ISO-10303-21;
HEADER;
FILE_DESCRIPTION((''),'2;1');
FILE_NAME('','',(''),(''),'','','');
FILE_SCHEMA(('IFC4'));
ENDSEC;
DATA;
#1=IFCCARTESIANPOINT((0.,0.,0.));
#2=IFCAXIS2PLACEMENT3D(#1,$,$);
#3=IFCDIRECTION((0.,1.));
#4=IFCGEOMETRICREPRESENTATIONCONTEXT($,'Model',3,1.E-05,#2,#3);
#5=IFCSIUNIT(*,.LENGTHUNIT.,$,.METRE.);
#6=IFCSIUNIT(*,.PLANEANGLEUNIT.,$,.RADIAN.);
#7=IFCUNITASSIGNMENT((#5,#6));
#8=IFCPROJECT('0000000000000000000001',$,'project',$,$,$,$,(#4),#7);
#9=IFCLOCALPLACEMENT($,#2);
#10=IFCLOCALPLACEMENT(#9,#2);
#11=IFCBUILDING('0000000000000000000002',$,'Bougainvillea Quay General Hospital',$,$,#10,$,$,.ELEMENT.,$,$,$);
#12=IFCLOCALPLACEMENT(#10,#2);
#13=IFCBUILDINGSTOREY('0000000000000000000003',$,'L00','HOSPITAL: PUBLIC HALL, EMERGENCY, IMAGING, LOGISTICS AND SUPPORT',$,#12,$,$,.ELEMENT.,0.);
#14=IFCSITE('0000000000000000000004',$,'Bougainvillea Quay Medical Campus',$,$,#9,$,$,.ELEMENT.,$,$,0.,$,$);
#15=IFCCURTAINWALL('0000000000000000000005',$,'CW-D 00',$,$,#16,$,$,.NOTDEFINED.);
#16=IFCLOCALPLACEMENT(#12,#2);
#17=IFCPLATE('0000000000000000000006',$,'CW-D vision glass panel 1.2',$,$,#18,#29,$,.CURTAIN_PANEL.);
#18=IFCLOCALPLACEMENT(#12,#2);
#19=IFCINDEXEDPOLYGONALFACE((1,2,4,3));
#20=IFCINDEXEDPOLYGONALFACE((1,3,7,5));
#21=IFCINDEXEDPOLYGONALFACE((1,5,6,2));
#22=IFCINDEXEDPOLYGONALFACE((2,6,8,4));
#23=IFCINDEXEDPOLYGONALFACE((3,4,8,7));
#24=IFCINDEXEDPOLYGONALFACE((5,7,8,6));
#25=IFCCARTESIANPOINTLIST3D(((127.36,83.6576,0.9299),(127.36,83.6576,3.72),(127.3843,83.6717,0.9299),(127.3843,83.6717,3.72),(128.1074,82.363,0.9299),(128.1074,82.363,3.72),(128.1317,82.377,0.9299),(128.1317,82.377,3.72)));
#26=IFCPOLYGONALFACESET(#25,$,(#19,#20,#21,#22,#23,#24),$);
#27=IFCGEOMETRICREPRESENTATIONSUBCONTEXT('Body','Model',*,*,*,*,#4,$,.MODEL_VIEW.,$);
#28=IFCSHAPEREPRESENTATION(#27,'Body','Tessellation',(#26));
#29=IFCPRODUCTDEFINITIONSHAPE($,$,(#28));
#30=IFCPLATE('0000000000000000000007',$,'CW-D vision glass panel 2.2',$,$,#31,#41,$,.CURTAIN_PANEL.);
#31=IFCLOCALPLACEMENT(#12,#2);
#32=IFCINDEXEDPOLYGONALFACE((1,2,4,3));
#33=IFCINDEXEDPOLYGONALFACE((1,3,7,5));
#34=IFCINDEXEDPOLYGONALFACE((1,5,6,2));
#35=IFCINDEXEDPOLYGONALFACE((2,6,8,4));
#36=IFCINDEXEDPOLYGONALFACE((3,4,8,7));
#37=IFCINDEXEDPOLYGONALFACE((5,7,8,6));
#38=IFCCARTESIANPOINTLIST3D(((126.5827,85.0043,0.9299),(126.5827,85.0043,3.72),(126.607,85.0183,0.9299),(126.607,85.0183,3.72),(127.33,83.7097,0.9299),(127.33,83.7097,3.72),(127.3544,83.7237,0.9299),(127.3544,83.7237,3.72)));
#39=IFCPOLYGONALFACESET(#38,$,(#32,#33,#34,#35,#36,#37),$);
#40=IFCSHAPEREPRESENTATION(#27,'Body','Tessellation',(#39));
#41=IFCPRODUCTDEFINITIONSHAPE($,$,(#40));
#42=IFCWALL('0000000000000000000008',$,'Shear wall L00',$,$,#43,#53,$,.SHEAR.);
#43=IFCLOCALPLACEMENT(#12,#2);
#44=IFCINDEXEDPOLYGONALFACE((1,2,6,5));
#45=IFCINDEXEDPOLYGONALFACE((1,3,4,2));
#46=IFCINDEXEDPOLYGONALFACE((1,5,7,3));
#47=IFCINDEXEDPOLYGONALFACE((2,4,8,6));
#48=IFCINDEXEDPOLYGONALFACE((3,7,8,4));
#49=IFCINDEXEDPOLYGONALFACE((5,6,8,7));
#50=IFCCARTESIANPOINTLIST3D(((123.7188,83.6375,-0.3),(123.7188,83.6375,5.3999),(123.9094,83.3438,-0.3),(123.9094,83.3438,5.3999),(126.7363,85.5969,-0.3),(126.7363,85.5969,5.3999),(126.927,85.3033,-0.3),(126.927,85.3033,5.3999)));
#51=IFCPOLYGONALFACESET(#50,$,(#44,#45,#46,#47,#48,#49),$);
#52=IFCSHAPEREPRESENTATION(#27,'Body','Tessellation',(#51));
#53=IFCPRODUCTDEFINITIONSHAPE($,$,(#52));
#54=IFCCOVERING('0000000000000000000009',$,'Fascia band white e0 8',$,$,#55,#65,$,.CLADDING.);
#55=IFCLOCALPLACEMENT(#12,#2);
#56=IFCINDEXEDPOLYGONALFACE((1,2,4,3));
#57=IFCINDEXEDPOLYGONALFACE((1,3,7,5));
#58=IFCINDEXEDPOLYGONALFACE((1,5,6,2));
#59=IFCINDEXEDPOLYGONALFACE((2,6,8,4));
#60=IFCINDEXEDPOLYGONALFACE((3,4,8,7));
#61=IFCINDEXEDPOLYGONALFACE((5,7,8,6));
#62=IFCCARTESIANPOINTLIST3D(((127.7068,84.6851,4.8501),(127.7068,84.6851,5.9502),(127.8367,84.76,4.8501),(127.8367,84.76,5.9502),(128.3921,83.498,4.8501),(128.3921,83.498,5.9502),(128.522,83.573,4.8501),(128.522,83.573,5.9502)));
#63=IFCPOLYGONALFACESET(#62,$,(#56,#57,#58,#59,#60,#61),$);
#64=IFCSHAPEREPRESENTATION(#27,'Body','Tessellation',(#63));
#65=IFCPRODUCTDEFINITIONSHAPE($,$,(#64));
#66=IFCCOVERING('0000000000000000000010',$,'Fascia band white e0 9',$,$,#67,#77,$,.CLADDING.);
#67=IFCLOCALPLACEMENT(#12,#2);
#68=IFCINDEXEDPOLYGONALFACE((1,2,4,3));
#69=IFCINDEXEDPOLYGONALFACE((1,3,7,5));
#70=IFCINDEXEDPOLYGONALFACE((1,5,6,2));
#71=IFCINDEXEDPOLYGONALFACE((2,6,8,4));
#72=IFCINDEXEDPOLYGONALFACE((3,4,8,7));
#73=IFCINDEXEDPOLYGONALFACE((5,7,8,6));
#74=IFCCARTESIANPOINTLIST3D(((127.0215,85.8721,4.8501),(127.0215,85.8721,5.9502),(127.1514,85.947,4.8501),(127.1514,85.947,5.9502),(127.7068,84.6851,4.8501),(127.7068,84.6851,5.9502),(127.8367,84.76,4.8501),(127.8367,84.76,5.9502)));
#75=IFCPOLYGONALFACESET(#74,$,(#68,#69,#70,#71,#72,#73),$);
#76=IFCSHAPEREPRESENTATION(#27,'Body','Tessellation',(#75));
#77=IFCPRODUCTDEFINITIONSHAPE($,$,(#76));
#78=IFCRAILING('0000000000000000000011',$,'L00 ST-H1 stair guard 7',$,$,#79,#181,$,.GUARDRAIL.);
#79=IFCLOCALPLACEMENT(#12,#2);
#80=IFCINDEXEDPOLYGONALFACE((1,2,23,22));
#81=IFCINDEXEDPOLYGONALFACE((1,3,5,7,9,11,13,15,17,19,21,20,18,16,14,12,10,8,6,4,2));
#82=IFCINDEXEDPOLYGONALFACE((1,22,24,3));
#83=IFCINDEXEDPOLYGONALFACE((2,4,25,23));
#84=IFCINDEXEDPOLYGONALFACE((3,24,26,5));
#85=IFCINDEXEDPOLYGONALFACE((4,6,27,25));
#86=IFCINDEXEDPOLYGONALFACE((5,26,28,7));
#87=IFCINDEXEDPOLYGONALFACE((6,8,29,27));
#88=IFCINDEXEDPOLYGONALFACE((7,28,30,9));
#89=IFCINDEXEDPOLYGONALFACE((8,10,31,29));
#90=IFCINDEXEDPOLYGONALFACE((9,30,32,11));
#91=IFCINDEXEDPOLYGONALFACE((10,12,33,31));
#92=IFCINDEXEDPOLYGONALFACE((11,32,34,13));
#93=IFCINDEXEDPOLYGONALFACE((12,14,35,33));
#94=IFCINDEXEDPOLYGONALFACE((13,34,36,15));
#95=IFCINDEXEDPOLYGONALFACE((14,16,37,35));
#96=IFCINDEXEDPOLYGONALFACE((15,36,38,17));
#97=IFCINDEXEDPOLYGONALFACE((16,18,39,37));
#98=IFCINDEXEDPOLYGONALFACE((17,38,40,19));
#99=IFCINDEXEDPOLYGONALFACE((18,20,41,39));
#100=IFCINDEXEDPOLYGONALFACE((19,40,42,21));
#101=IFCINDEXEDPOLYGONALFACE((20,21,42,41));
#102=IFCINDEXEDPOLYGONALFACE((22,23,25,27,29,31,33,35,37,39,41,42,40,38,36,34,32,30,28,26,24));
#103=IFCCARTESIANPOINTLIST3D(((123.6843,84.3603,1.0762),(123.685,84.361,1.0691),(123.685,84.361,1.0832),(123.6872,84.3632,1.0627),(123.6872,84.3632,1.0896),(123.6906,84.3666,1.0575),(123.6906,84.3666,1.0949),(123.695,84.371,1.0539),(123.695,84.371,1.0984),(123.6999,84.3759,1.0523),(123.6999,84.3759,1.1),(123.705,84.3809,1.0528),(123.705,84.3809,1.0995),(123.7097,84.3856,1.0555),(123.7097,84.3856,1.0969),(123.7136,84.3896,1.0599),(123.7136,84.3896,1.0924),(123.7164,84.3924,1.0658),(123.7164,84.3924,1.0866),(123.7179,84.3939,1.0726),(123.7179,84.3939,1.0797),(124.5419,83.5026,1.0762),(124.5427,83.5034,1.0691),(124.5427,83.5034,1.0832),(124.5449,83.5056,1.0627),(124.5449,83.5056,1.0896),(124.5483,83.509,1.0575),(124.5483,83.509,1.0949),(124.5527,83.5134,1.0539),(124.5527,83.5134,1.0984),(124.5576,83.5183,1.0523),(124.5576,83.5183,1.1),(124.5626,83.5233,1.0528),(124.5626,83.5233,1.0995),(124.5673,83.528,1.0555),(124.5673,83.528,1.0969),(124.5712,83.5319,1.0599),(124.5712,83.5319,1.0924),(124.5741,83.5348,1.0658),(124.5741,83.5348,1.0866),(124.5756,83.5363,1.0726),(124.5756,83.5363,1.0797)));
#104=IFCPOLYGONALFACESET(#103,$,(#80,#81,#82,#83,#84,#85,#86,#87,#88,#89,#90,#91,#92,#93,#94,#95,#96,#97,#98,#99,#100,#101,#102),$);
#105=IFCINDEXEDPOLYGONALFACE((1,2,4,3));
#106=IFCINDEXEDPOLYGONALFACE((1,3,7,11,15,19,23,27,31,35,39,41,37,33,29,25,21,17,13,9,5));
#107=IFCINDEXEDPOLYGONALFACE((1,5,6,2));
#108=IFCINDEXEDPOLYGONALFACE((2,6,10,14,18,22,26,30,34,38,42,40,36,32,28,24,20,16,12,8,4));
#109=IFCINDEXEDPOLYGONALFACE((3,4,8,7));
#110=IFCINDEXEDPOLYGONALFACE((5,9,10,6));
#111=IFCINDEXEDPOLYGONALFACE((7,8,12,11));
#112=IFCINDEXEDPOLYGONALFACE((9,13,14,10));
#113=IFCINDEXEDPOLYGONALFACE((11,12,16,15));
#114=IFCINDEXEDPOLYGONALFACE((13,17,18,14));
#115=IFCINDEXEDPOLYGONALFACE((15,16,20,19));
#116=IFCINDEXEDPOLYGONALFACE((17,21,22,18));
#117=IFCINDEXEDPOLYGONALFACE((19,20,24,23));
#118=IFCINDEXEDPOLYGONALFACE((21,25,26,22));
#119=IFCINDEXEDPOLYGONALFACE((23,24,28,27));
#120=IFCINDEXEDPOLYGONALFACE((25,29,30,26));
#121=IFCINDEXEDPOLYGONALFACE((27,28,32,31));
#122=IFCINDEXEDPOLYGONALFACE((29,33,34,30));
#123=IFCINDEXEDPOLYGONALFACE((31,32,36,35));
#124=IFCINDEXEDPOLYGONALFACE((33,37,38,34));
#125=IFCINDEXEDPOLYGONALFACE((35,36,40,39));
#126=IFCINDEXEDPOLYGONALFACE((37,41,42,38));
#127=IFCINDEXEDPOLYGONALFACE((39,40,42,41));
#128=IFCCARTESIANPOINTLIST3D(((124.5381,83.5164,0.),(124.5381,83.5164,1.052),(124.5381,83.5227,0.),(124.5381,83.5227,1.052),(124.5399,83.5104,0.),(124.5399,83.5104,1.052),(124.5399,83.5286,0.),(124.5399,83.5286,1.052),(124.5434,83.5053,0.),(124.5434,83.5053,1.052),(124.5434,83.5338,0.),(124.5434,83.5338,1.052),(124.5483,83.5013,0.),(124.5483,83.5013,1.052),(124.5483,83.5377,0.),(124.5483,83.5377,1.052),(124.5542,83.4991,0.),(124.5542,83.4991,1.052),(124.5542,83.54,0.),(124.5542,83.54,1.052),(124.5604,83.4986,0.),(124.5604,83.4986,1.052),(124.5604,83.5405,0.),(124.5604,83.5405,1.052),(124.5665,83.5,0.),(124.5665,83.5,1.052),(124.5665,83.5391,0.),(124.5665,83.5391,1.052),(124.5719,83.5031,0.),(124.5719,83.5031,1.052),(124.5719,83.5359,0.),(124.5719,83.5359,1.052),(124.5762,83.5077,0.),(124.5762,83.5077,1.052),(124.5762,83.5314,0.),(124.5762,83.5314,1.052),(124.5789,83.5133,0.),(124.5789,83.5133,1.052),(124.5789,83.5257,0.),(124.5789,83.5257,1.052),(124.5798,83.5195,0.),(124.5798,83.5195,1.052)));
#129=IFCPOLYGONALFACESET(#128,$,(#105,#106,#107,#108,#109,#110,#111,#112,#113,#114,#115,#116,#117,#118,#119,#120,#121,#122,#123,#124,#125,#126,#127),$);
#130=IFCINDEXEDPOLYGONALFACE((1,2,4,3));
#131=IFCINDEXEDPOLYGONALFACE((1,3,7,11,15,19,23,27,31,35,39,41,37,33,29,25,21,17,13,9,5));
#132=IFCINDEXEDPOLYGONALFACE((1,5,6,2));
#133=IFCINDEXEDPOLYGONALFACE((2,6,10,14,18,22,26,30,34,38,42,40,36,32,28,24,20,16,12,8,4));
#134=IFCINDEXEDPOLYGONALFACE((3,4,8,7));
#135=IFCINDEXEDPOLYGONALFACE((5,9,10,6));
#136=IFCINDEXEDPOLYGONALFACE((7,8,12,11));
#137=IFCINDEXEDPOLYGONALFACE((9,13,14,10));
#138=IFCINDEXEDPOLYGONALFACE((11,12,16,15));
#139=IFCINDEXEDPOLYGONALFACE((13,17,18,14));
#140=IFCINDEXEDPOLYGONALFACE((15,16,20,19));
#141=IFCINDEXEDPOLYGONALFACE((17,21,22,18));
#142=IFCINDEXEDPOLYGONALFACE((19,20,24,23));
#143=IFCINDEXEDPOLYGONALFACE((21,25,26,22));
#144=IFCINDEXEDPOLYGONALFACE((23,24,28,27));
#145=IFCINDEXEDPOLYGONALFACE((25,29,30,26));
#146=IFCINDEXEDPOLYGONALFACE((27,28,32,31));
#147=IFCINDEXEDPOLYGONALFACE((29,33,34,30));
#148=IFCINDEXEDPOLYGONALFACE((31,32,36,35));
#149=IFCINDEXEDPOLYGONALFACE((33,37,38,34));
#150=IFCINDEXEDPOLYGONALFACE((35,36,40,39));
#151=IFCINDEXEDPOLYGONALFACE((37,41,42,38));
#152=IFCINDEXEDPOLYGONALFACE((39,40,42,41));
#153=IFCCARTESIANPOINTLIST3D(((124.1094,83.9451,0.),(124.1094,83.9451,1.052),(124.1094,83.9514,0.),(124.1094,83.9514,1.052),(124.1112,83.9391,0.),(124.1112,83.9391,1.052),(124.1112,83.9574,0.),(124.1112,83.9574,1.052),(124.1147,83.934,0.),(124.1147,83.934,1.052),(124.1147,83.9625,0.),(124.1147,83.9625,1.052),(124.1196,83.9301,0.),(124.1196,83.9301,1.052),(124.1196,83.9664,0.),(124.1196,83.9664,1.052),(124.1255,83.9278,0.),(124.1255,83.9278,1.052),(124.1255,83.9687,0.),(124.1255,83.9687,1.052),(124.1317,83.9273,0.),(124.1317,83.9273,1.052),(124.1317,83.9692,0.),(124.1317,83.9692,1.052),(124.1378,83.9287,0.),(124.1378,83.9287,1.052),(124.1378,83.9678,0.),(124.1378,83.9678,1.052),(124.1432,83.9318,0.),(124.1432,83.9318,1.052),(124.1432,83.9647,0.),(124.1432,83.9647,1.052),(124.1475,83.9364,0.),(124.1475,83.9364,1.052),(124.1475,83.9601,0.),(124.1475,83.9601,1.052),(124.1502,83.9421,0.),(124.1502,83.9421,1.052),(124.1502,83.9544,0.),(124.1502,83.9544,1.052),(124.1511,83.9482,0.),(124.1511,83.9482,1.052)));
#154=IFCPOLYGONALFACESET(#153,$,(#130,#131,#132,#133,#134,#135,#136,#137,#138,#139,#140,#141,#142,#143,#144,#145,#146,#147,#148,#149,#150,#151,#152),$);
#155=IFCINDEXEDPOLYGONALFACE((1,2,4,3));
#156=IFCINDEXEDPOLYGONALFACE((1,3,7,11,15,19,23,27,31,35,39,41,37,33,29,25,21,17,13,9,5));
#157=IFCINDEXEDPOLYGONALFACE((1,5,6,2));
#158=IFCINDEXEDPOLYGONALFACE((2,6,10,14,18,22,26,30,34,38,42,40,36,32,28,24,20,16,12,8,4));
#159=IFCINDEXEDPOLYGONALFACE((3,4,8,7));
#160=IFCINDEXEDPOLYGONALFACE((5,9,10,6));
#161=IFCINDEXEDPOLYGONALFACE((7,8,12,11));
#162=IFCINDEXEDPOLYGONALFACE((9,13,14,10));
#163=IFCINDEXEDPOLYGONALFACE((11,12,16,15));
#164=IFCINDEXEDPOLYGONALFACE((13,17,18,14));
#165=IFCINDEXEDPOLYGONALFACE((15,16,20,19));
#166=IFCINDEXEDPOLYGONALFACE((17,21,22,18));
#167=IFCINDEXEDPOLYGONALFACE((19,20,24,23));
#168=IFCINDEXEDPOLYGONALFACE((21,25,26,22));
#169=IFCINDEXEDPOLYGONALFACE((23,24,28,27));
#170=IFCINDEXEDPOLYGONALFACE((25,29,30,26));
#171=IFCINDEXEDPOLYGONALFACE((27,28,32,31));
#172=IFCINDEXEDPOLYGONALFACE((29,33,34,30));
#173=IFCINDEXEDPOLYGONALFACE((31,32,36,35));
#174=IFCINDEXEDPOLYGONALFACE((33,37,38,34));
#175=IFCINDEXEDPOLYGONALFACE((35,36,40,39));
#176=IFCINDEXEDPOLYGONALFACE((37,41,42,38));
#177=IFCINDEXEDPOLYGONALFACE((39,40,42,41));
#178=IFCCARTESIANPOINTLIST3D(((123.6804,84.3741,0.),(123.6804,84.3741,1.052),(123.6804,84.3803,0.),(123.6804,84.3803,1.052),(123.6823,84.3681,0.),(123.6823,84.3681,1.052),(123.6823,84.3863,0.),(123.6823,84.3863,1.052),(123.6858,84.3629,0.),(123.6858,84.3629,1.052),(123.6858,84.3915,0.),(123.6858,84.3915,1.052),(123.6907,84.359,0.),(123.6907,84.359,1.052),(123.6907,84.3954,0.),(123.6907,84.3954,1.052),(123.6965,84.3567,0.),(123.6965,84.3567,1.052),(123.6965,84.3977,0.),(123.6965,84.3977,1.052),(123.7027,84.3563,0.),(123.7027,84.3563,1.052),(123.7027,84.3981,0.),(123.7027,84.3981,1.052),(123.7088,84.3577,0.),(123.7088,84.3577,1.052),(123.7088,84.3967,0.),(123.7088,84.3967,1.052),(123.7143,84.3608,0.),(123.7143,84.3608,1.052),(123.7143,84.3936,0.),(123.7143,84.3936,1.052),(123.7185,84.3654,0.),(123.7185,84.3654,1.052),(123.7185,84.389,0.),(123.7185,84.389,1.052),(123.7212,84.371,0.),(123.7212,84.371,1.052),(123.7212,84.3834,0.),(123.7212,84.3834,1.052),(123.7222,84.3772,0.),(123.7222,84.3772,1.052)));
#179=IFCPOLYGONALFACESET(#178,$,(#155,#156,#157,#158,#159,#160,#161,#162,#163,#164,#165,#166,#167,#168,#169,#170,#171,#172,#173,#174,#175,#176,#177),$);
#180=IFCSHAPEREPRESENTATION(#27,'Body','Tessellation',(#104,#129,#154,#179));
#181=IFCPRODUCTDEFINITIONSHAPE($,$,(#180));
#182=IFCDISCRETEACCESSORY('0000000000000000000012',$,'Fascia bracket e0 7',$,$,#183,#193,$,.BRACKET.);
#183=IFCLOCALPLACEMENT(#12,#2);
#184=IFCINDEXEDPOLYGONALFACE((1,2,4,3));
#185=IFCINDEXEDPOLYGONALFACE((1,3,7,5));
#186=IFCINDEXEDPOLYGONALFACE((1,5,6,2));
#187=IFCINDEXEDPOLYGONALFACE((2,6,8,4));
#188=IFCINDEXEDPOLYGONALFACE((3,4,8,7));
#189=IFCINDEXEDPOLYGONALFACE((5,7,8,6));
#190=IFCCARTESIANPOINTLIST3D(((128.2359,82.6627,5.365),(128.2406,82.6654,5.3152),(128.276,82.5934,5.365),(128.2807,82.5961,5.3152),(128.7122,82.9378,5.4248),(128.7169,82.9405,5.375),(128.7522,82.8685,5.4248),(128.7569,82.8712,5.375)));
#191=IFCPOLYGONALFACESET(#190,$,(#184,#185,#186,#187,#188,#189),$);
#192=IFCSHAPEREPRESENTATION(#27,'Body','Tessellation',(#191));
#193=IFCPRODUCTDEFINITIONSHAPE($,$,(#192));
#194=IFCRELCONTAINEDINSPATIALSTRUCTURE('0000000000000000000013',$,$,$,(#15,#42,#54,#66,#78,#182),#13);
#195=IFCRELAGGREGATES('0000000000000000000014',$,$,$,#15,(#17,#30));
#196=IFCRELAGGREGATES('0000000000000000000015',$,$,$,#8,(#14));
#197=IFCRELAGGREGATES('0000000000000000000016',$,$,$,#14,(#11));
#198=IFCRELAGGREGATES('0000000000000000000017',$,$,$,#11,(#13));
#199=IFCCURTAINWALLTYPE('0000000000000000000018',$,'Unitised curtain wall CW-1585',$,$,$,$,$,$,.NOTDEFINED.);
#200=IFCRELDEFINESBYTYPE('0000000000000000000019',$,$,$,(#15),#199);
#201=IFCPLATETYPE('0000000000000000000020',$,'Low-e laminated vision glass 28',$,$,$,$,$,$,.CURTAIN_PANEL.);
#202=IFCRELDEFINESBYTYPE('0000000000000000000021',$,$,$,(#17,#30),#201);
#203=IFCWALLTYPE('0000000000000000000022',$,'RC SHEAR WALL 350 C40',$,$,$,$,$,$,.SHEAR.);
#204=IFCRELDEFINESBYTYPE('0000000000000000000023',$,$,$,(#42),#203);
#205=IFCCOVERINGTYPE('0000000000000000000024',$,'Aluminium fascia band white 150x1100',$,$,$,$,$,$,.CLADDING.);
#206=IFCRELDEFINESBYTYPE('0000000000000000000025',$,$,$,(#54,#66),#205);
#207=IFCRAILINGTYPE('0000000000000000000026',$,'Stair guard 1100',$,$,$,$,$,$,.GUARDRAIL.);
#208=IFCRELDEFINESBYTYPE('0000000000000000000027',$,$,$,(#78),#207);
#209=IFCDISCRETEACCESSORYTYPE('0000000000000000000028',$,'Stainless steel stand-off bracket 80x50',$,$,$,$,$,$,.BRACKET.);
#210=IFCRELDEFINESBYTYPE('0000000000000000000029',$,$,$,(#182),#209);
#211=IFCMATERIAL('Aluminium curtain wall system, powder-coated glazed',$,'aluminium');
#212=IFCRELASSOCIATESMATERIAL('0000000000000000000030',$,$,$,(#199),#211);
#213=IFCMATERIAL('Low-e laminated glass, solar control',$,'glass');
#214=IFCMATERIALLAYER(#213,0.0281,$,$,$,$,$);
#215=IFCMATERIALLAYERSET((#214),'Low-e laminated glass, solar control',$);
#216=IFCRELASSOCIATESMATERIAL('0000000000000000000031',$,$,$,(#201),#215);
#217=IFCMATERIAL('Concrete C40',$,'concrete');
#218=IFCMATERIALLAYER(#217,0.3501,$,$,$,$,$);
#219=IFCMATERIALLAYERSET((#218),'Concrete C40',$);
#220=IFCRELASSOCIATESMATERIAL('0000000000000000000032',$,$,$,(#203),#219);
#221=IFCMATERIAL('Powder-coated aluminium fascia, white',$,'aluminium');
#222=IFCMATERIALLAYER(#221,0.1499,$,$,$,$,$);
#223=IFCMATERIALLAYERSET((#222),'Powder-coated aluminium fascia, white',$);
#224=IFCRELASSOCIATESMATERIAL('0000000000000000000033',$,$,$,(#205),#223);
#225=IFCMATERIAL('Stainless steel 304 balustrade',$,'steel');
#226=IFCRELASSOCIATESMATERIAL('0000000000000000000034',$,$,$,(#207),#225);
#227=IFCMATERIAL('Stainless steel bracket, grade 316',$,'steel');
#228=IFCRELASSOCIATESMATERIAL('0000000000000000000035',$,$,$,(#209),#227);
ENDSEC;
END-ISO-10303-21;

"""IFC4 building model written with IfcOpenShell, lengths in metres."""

from ifc_helpers import new_model, si_unit, direction, frame, frame_2d, origin, origin_2d, place, context, subcontext, project, spatial, polyline, rectangle, circle, outline, extrude, material, layer, layer_set, material_profile, profile_set, type_object, element, aggregate, save


model = new_model("IFC4")

# Units and contexts
model_context = context("Model", 3, precision=1e-05, world=origin(), true_north=direction((0.0, 1.0)))
body_context = subcontext(model_context, "Body", "Model", "MODEL_VIEW")
ifc_project = project(units=[si_unit("LENGTHUNIT", "METRE"), si_unit("PLANEANGLEUNIT", "RADIAN")], contexts=[model_context])

# Site, building, storey
site_placement = place(None, origin())
site = spatial("IfcSite", under=ifc_project, at=site_placement, Name="Bougainvillea Quay Medical Campus", CompositionType="ELEMENT", RefElevation=0.0)
building_placement = place(site_placement, origin())
building = spatial("IfcBuilding", under=site, at=building_placement, Name="Bougainvillea Quay General Hospital", CompositionType="ELEMENT")
storey_placement = place(building_placement, origin())
storey = spatial("IfcBuildingStorey", under=building, at=storey_placement, Name="L00", Description="HOSPITAL: PUBLIC HALL, EMERGENCY, IMAGING, LOGISTICS AND SUPPORT", CompositionType="ELEMENT", Elevation=0.0)

# Curtain wall, plates
ifc_material_1 = material(Name="Aluminium curtain wall system, powder-coated glazed", Category="aluminium")
curtain_wall_type = type_object("IfcCurtainWallType", Name="Unitised curtain wall CW-1585", PredefinedType="NOTDEFINED", material=ifc_material_1)
curtain_wall_placement = place(storey_placement, origin())
curtain_wall = element("IfcCurtainWall", 1, at=curtain_wall_placement, inside=storey, type_object=curtain_wall_type, Name="CW-D 00", PredefinedType="NOTDEFINED")
ifc_material_2 = material(Name="Low-e laminated glass, solar control", Category="glass")
ifc_layer_1 = layer(ifc_material_2, 0.0281)
ifc_layer_set_1 = layer_set([ifc_layer_1], Name="Low-e laminated glass, solar control")
plate_type_1 = type_object("IfcPlateType", Name="Low-e laminated vision glass 28", PredefinedType="CURTAIN_PANEL", material=ifc_layer_set_1)
plate_1_placement = place(storey_placement, frame((127.7458, 83.0173, 0.9299), z_axis=(0.0, 0.0, 1.0), x_axis=(-0.499965, 0.866046, 0.0)))
plate_1 = element("IfcPlate", 2, at=plate_1_placement, type_object=plate_type_1, Name="CW-D vision glass panel 1.2", PredefinedType="CURTAIN_PANEL", context=body_context, shape_type="SweptSolid", body=[
    extrude(rectangle(XDim=1.4949, YDim=0.0281, at=origin_2d()), origin(), (0.0, 0.0, 1.0), 2.79),
])
plate_2_placement = place(storey_placement, frame((126.9685, 84.364, 0.9299), z_axis=(0.0, 0.0, 1.0), x_axis=(-0.499965, 0.866046, 0.0)))
plate_2 = element("IfcPlate", 3, at=plate_2_placement, type_object=plate_type_1, Name="CW-D vision glass panel 2.2", PredefinedType="CURTAIN_PANEL", context=body_context, shape_type="SweptSolid", body=[
    extrude(rectangle(XDim=1.4949, YDim=0.0281, at=origin_2d()), origin(), (0.0, 0.0, 1.0), 2.79),
])
aggregate(curtain_wall, [plate_1, plate_2])

# Wall
ifc_material_3 = material(Name="Concrete C40", Category="concrete")
ifc_layer_2 = layer(ifc_material_3, 0.3501)
ifc_layer_set_2 = layer_set([ifc_layer_2], Name="Concrete C40")
wall_type = type_object("IfcWallType", Name="RC SHEAR WALL 350 C40", PredefinedType="SHEAR", material=ifc_layer_set_2)
wall_placement = place(storey_placement, frame((123.8142, 83.4907, -0.3), z_axis=(0.0, 0.0, 1.0), x_axis=(0.838692, 0.544607, 0.0)))
element("IfcWall", 4, at=wall_placement, inside=storey, type_object=wall_type, Name="Shear wall L00", PredefinedType="SHEAR", context=body_context, shape_type="SweptSolid", body=[
    extrude(rectangle(XDim=3.5979, YDim=0.3501, at=frame_2d((1.7988, 0.0))), origin(), (0.0, 0.0, 1.0), 5.7),
])

# Coverings
ifc_material_4 = material(Name="Powder-coated aluminium fascia, white", Category="aluminium")
ifc_layer_3 = layer(ifc_material_4, 0.1499)
ifc_layer_set_3 = layer_set([ifc_layer_3], Name="Powder-coated aluminium fascia, white")
covering_type = type_object("IfcCoveringType", Name="Aluminium fascia band white 150x1100", PredefinedType="CLADDING", material=ifc_layer_set_3)
for number, where, z_axis, x_axis, name in (
    (5, (128.3921, 83.498, 4.8501), (0.0, 0.0, 1.0), (-0.49999, 0.866031, 0.0), "Fascia band white e0 8"),
    (6, (127.7068, 84.6851, 4.8501), (0.0, 0.0, 1.0), (-0.49999, 0.866031, 0.0), "Fascia band white e0 9"),
):
    element("IfcCovering", number, at=place(storey_placement, frame(where, z_axis=z_axis, x_axis=x_axis)), inside=storey, type_object=covering_type, Name=name, PredefinedType="CLADDING", context=body_context, shape_type="SweptSolid", body=[
        extrude(outline(polyline([(0.0, 0.0), (1.3706, 0.0), (1.3706, -0.15), (0.0, -0.15), (0.0, 0.0)])), origin(), (0.0, 0.0, 1.0), 1.1001),
    ])

# Railing
ifc_material_5 = material(Name="Stainless steel 304 balustrade", Category="steel")
railing_type = type_object("IfcRailingType", Name="Stair guard 1100", PredefinedType="GUARDRAIL", material=ifc_material_5)
railing_placement = place(storey_placement, frame((124.5588, 83.5195, 0.0)))
element("IfcRailing", 7, at=railing_placement, inside=storey, type_object=railing_type, Name="L00 ST-H1 stair guard 7", PredefinedType="GUARDRAIL", context=body_context, shape_type="SweptSolid", body=[
    extrude(circle(Radius=0.0239, at=origin_2d()), frame((0.0, 0.0, 1.0762), z_axis=(-0.707107, 0.707107, 0.0), x_axis=(-0.707107, -0.707107, 0.0)), (0.0, 0.0, 1.0), 1.2129),
    extrude(circle(Radius=0.021, at=origin_2d()), origin(), (0.0, 0.0, 1.0), 1.052),
    extrude(circle(Radius=0.021, at=origin_2d()), frame((-0.4287, 0.4287, 0.0)), (0.0, 0.0, 1.0), 1.052),
    extrude(circle(Radius=0.021, at=origin_2d()), frame((-0.8577, 0.8577, 0.0)), (0.0, 0.0, 1.0), 1.052),
])

# Discrete accessory
ifc_material_6 = material(Name="Stainless steel bracket, grade 316", Category="steel")
ifc_material_profile_1 = material_profile(ifc_material_6, rectangle(XDim=0.0801, YDim=0.05, at=origin_2d()))
ifc_profile_set_1 = profile_set([ifc_material_profile_1], Name="Stainless steel bracket, grade 316")
discrete_accessory_type = type_object("IfcDiscreteAccessoryType", Name="Stainless steel stand-off bracket 80x50", PredefinedType="BRACKET", material=ifc_profile_set_1)
discrete_accessory_placement = place(storey_placement, frame((128.2583, 82.6294, 5.3401), z_axis=(0.860838, 0.497265, 0.108101), x_axis=(-0.500196, 0.865912, 0.0)))
element("IfcDiscreteAccessory", 8, at=discrete_accessory_placement, inside=storey, type_object=discrete_accessory_type, Name="Fascia bracket e0 7", PredefinedType="BRACKET", context=body_context, shape_type="SweptSolid", body=[
    extrude(rectangle(XDim=0.0801, YDim=0.05, at=origin_2d()), origin(), (0.0, 0.0, 1.0), 0.5532),
])

save(model, "model.ifc")
